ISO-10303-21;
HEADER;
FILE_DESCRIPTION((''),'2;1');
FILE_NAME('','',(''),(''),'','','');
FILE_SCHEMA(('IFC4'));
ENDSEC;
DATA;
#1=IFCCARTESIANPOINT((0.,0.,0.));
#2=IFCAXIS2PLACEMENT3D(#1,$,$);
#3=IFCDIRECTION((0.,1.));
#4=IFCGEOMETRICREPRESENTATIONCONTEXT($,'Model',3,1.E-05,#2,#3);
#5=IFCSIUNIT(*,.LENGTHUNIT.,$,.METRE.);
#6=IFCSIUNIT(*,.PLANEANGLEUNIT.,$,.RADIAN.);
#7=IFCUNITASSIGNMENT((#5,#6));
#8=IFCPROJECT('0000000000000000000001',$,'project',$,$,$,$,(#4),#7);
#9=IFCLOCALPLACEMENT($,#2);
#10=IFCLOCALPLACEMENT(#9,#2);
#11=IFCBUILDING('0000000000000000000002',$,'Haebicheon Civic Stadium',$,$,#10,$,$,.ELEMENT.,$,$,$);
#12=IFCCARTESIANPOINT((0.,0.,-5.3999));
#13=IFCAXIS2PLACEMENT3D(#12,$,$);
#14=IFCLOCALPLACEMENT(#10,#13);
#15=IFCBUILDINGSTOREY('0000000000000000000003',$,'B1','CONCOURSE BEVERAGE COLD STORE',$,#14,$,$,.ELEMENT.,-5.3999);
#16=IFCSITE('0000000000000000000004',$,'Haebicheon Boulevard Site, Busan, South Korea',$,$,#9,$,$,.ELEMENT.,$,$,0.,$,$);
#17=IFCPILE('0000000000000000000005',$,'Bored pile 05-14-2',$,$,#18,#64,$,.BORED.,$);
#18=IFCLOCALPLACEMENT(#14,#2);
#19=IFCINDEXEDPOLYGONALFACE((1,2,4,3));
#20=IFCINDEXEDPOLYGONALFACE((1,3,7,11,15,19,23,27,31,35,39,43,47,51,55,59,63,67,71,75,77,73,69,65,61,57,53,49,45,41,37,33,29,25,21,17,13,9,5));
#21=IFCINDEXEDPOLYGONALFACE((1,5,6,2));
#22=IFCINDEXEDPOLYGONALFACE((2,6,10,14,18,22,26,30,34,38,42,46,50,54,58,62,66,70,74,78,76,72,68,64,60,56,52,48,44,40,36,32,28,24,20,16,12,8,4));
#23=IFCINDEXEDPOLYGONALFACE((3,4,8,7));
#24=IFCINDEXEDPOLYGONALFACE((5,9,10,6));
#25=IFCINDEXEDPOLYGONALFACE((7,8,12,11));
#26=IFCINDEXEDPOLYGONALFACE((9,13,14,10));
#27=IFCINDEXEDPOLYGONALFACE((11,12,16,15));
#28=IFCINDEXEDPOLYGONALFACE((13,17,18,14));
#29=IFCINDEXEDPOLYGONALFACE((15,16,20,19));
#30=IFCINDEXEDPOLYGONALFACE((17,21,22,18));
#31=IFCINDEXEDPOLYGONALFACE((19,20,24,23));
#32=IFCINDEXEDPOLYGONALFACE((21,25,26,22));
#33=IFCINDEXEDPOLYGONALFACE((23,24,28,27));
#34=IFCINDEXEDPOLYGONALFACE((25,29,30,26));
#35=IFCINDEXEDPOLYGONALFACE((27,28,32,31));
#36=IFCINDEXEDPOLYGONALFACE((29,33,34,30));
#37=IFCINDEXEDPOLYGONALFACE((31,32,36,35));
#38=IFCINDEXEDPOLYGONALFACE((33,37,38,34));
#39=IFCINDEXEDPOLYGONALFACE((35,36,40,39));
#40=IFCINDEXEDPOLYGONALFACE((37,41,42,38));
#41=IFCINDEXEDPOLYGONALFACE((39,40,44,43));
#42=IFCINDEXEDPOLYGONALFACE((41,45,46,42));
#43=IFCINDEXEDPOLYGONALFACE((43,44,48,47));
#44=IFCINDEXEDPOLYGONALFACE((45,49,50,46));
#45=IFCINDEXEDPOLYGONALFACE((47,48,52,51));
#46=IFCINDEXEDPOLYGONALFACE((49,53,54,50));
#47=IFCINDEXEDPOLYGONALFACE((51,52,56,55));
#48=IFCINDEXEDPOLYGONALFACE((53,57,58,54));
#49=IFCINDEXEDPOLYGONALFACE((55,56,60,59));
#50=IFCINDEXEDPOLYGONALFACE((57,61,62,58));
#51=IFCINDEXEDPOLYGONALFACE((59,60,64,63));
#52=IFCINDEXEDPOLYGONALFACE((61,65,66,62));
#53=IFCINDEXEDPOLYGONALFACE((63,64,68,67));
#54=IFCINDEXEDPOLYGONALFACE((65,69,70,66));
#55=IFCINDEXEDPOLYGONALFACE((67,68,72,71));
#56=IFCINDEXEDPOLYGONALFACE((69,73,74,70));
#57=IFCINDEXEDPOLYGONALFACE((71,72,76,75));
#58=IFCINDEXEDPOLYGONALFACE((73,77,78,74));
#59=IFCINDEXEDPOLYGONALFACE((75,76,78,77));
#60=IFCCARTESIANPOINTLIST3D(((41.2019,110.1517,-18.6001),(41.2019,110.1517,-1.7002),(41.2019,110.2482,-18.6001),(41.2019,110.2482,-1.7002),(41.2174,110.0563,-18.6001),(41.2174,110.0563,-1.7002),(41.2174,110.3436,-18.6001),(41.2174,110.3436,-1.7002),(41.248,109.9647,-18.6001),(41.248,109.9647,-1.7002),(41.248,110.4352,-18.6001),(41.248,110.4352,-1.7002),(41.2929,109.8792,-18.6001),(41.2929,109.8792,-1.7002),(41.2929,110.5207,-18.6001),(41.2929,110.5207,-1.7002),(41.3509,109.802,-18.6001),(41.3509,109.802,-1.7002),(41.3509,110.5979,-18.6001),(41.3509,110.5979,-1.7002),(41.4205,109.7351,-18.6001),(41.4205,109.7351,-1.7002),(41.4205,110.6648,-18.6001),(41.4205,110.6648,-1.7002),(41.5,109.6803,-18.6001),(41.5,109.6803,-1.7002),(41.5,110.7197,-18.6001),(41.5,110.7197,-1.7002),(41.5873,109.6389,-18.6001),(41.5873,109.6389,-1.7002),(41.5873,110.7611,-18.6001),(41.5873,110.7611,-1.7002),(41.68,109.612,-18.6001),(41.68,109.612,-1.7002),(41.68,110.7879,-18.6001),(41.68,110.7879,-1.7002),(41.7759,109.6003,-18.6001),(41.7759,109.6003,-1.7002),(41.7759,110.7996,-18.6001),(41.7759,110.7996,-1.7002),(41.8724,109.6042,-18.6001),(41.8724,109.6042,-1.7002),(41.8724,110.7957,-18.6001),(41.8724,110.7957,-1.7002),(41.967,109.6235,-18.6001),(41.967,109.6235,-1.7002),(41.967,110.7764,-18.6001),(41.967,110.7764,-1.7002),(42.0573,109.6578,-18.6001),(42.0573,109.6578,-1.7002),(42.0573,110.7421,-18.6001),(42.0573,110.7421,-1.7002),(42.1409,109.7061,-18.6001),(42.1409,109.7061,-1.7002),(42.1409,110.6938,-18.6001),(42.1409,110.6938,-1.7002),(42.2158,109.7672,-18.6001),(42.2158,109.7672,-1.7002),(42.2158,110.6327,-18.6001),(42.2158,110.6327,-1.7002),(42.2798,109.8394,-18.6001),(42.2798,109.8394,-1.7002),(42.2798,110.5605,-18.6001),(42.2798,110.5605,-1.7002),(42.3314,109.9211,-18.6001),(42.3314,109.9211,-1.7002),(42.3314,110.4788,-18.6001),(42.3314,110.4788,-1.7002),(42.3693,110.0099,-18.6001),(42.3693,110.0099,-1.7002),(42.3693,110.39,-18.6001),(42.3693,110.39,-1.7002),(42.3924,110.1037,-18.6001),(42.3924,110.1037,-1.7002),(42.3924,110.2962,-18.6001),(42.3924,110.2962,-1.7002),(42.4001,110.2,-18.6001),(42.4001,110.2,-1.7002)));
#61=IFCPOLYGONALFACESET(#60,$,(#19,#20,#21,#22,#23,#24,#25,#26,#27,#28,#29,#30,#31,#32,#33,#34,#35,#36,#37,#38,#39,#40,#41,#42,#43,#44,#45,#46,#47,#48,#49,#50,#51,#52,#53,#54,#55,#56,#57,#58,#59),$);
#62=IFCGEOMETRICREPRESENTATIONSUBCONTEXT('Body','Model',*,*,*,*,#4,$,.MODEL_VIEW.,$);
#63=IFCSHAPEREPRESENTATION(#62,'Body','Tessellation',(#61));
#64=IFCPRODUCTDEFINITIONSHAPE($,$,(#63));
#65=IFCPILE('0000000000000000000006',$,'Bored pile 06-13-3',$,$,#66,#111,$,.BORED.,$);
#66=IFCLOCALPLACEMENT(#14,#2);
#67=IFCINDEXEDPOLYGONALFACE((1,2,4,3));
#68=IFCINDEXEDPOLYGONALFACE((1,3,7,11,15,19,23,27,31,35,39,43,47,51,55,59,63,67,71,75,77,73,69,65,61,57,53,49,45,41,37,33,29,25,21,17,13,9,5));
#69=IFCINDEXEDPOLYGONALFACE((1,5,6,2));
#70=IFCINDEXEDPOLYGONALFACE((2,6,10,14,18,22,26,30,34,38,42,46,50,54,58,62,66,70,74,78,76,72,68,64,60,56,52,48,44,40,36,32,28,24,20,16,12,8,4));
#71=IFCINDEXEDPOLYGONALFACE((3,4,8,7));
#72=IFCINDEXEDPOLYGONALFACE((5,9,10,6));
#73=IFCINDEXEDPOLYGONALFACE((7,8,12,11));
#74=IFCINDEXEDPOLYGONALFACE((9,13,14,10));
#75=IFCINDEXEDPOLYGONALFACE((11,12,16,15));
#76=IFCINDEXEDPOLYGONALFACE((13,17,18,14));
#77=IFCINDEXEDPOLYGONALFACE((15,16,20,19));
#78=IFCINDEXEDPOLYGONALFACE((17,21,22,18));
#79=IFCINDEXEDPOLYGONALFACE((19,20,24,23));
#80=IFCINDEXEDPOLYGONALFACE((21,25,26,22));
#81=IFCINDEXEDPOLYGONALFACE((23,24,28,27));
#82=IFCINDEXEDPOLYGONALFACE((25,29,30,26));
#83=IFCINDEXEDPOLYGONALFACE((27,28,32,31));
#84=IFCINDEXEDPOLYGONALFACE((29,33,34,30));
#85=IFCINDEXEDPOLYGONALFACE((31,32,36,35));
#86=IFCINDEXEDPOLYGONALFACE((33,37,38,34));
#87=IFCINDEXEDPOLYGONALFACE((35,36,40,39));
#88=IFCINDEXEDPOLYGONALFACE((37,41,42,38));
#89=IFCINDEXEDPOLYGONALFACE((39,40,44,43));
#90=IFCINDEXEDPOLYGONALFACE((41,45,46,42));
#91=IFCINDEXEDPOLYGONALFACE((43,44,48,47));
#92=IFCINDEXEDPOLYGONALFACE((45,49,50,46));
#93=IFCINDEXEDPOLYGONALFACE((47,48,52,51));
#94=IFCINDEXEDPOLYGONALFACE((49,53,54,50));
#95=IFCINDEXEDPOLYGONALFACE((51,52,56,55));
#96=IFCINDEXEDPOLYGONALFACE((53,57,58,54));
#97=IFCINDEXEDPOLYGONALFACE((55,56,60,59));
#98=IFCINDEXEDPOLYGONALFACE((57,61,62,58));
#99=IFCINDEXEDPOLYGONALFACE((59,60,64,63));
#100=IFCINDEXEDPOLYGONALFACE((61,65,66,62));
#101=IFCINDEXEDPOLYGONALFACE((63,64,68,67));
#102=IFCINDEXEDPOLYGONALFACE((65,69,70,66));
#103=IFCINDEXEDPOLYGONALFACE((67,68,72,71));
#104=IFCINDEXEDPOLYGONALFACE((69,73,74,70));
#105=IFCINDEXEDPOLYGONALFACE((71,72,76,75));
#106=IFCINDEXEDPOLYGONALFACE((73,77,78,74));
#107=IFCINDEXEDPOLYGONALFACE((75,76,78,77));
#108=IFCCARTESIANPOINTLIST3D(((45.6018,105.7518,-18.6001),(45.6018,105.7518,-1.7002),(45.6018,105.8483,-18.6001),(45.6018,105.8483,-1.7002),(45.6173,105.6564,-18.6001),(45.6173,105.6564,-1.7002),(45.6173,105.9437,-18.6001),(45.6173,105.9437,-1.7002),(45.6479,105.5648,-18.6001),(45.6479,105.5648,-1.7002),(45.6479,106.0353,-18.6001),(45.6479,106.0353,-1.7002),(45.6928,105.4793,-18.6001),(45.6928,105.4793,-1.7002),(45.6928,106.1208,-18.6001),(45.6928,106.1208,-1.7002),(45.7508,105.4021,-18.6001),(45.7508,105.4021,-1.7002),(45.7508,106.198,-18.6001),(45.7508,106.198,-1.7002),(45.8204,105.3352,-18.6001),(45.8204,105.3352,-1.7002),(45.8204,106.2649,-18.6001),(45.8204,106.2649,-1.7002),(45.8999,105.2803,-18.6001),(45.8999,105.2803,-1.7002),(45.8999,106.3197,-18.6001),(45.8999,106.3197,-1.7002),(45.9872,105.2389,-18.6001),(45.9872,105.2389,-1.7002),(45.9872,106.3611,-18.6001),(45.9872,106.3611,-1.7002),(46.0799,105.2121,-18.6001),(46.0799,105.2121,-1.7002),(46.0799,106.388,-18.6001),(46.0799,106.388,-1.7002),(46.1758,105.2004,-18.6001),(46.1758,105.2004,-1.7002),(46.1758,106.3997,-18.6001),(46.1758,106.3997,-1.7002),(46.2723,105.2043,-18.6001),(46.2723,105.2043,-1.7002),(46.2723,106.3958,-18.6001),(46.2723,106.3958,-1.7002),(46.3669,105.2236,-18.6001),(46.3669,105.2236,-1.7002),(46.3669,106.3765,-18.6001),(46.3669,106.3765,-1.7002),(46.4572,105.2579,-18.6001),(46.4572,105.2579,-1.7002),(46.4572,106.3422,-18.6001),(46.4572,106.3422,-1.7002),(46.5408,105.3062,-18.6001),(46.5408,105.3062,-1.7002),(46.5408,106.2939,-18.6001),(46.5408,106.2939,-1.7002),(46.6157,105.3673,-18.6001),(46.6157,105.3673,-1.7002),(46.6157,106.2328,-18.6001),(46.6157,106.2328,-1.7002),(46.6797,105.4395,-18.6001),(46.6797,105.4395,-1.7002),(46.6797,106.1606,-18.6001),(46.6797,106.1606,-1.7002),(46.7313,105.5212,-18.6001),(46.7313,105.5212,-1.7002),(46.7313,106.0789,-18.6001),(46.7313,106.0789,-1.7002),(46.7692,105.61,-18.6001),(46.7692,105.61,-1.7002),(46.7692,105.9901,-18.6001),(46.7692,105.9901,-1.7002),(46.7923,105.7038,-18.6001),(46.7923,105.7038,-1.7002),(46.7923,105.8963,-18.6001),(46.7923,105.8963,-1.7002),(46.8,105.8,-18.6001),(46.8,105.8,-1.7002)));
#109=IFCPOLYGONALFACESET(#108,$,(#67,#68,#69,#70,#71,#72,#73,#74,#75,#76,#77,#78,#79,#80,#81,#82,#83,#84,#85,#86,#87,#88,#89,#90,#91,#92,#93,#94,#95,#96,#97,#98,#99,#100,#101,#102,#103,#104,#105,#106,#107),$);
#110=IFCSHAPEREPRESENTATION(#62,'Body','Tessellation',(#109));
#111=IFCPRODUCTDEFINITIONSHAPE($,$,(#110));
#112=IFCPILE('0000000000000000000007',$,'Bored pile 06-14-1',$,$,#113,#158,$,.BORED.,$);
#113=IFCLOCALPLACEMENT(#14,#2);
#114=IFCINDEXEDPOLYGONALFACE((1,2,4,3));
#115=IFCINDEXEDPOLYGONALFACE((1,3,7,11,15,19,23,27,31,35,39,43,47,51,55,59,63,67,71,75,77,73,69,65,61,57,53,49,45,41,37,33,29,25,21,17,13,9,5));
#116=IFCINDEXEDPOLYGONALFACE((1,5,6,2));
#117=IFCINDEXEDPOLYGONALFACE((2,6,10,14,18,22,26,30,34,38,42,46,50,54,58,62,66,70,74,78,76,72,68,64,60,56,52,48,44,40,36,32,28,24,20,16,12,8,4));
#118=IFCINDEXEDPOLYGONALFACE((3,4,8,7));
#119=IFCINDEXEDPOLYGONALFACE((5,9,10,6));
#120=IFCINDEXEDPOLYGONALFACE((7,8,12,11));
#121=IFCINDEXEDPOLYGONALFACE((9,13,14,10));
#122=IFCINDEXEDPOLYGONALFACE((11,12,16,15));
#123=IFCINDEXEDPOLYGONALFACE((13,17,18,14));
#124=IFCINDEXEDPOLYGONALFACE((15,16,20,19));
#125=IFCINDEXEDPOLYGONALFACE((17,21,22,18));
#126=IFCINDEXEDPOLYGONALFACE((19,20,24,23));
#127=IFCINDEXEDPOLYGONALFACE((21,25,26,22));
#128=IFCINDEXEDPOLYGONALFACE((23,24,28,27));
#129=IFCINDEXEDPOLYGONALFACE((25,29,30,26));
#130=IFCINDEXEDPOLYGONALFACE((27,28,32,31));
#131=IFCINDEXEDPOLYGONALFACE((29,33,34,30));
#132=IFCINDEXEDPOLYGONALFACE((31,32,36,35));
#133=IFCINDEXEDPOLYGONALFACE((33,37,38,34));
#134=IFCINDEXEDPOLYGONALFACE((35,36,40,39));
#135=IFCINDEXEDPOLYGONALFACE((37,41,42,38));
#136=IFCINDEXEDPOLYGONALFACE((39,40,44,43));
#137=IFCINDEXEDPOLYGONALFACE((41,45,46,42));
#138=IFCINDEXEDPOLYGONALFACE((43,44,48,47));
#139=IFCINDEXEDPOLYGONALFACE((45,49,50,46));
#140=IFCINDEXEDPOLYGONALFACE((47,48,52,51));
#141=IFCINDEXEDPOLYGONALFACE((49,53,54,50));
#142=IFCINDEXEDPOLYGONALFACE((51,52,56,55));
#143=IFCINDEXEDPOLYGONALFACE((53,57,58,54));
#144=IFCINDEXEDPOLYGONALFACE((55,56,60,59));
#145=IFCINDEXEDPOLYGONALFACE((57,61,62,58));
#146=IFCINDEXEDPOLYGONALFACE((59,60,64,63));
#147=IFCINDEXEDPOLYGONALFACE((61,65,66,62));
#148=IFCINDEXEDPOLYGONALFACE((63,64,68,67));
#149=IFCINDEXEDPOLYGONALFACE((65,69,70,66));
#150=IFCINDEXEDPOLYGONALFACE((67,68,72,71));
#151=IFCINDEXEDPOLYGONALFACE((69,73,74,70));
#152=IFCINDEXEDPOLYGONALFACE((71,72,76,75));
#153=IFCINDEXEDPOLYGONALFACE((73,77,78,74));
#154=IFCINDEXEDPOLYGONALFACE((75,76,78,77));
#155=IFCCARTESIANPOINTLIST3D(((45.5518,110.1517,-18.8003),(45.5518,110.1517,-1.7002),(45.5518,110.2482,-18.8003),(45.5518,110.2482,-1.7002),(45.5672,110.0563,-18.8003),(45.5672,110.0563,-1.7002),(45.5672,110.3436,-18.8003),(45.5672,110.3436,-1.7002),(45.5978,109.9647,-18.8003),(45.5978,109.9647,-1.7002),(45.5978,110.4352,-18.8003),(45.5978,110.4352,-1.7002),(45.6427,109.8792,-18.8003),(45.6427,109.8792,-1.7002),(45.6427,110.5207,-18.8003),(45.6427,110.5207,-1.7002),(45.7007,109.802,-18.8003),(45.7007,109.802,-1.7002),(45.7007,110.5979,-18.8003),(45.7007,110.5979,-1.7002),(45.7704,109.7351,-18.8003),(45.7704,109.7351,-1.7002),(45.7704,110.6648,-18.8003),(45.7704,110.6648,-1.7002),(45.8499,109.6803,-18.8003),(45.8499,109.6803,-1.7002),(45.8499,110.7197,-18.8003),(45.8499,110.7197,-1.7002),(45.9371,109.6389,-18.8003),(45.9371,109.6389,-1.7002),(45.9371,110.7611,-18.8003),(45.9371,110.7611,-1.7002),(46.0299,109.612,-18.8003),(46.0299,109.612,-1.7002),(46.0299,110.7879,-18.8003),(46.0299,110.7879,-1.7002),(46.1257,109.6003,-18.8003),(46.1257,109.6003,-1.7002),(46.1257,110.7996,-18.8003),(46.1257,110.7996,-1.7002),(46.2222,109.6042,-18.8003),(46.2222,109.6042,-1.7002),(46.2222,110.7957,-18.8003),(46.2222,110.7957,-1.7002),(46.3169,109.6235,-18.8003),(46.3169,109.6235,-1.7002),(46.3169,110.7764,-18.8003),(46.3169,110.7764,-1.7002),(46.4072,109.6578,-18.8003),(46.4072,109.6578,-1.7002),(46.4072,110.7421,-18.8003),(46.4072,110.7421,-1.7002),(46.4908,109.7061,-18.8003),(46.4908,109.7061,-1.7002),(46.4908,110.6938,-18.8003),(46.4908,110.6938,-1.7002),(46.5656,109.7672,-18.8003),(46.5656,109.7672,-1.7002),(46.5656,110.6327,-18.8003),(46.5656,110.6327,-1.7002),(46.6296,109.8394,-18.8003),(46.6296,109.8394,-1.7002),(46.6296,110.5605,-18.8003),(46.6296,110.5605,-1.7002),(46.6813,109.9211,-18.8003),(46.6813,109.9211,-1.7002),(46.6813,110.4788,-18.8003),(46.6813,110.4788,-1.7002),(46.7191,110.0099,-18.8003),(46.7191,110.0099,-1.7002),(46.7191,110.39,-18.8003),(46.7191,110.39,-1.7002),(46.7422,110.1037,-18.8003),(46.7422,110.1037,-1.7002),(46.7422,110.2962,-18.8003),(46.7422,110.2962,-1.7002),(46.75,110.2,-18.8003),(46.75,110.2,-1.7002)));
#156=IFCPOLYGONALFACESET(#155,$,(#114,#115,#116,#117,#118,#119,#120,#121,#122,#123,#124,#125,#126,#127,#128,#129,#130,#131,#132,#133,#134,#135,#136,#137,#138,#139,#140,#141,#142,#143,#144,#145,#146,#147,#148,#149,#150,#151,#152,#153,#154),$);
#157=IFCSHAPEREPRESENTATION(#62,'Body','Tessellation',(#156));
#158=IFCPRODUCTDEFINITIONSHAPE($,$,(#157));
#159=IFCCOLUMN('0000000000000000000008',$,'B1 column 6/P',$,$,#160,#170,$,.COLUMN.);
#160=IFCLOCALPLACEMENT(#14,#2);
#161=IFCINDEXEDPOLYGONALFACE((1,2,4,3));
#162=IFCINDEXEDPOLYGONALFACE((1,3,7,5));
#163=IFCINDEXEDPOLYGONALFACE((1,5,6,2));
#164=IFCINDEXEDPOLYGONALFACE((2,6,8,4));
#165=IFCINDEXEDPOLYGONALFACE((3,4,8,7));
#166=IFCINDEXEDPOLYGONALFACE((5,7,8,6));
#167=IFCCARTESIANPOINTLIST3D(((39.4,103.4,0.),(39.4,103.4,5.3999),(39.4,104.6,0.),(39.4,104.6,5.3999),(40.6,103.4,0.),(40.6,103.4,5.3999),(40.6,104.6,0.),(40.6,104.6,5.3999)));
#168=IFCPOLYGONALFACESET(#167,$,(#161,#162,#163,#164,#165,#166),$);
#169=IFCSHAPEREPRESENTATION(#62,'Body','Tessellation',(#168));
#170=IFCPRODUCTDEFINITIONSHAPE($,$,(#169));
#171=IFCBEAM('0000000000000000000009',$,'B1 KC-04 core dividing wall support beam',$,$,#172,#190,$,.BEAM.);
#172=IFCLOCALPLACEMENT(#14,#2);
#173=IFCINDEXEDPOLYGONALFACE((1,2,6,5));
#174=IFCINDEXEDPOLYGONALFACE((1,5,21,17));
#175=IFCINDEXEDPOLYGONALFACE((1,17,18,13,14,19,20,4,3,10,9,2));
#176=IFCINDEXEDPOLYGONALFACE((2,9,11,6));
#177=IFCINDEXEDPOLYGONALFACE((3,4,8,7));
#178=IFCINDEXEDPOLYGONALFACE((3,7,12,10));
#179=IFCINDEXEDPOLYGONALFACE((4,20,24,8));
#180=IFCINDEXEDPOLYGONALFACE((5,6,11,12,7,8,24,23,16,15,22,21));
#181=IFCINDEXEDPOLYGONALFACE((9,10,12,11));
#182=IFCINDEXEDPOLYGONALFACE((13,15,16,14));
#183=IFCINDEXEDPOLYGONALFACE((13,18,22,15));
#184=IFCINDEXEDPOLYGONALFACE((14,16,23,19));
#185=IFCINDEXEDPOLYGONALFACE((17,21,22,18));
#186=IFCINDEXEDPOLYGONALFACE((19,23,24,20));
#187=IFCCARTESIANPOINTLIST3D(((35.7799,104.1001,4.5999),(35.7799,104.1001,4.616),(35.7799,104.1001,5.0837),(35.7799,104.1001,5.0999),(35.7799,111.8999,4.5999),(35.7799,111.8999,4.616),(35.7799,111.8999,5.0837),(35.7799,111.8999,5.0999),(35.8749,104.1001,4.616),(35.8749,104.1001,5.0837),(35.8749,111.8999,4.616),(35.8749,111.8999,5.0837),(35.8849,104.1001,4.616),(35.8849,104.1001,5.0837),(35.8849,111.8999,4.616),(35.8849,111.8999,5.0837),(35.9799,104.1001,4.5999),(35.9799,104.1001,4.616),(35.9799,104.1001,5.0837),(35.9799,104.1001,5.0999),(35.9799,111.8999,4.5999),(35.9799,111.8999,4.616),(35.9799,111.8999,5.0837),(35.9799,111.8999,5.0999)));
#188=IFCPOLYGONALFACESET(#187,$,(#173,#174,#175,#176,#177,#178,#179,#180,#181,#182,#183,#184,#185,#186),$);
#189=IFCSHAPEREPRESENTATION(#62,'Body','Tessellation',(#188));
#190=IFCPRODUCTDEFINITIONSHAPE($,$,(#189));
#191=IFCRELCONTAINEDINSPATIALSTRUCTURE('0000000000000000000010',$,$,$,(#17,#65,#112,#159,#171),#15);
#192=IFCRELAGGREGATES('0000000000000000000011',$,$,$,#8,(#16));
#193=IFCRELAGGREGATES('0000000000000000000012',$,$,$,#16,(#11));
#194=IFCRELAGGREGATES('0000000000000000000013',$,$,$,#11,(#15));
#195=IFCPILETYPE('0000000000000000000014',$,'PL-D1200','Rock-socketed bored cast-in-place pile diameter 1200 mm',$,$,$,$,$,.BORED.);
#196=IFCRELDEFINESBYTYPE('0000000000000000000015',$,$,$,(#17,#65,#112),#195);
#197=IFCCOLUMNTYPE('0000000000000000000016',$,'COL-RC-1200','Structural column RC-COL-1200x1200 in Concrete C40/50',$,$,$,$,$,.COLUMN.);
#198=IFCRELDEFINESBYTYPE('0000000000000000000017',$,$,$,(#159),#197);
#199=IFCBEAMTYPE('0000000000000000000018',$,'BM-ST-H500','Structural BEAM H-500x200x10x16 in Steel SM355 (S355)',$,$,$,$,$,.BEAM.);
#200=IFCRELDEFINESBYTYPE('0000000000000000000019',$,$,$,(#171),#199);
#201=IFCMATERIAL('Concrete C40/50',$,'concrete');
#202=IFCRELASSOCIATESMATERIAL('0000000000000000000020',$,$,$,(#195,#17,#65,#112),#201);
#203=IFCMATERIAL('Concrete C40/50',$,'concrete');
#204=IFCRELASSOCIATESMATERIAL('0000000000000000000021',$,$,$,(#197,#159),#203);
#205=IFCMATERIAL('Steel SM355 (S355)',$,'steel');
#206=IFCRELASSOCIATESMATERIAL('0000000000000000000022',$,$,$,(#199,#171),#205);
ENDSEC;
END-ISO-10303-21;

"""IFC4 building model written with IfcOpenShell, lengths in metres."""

from ifc_helpers import new_model, si_unit, direction, frame, origin, origin_2d, place, context, subcontext, project, spatial, rectangle, circle, i_section, extrude, material, material_profile, profile_set, type_object, element, save


model = new_model("IFC4")

# Units and contexts
model_context = context("Model", 3, precision=1e-05, world=origin(), true_north=direction((0.0, 1.0)))
body_context = subcontext(model_context, "Body", "Model", "MODEL_VIEW")
ifc_project = project(units=[si_unit("LENGTHUNIT", "METRE"), si_unit("PLANEANGLEUNIT", "RADIAN")], contexts=[model_context])

# Site, building, storey
site_placement = place(None, origin())
site = spatial("IfcSite", under=ifc_project, at=site_placement, Name="Haebicheon Boulevard Site, Busan, South Korea", CompositionType="ELEMENT", RefElevation=0.0)
building_placement = place(site_placement, origin())
building = spatial("IfcBuilding", under=site, at=building_placement, Name="Haebicheon Civic Stadium", CompositionType="ELEMENT")
storey_placement = place(building_placement, frame((0.0, 0.0, -5.3999)))
storey = spatial("IfcBuildingStorey", under=building, at=storey_placement, Name="B1", Description="CONCOURSE BEVERAGE COLD STORE", CompositionType="ELEMENT", Elevation=-5.3999)

# Piles
ifc_material_1 = material(Name="Concrete C40/50", Category="concrete")
ifc_material_profile_1 = material_profile(ifc_material_1, circle(Radius=0.6001, at=origin_2d()), Name="PILE-D1200")
ifc_profile_set_1 = profile_set([ifc_material_profile_1], Name="Concrete C40/50")
pile_type = type_object("IfcPileType", Name="PL-D1200", Description="Rock-socketed bored cast-in-place pile diameter 1200 mm", PredefinedType="BORED", material=ifc_profile_set_1)
for number, where, z_axis, x_axis, name in (
    (1, (41.8, 110.2, -1.7002), (0.0, 0.0, -1.0), (1.0, 0.0, 0.0), "Bored pile 05-14-2"),
    (2, (46.2, 105.8, -1.7002), (0.0, 0.0, -1.0), (1.0, 0.0, 0.0), "Bored pile 06-13-3"),
):
    element("IfcPile", number, at=place(storey_placement, frame(where, z_axis=z_axis, x_axis=x_axis)), inside=storey, type_object=pile_type, material=ifc_profile_set_1, Name=name, PredefinedType="BORED", context=body_context, shape_type="SweptSolid", body=[
        extrude(circle(Radius=0.6001, at=origin_2d()), origin(), (0.0, 0.0, 1.0), 16.8999),
    ])
pile_placement = place(storey_placement, frame((46.1499, 110.2, -1.7002), z_axis=(0.0, 0.0, -1.0), x_axis=(1.0, 0.0, 0.0)))
element("IfcPile", 3, at=pile_placement, inside=storey, type_object=pile_type, material=ifc_profile_set_1, Name="Bored pile 06-14-1", PredefinedType="BORED", context=body_context, shape_type="SweptSolid", body=[
    extrude(circle(Radius=0.6001, at=origin_2d()), origin(), (0.0, 0.0, 1.0), 17.1001),
])

# Column
ifc_material_2 = material(Name="Concrete C40/50", Category="concrete")
ifc_material_profile_2 = material_profile(ifc_material_2, rectangle(XDim=1.2, YDim=1.2, at=origin_2d()), Name="RC-COL-1200x1200")
ifc_profile_set_2 = profile_set([ifc_material_profile_2], Name="Concrete C40/50")
column_type = type_object("IfcColumnType", Name="COL-RC-1200", Description="Structural column RC-COL-1200x1200 in Concrete C40/50", PredefinedType="COLUMN", material=ifc_profile_set_2)
column_placement = place(storey_placement, frame((40.0, 104.0, 0.0), z_axis=(0.0, 0.0, 1.0), x_axis=(1.0, 0.0, 0.0)))
element("IfcColumn", 4, at=column_placement, inside=storey, type_object=column_type, material=ifc_profile_set_2, Name="B1 column 6/P", PredefinedType="COLUMN", context=body_context, shape_type="SweptSolid", body=[
    extrude(rectangle(XDim=1.2, YDim=1.2, at=origin_2d()), origin(), (0.0, 0.0, 1.0), 5.3999),
])

# Beam
ifc_material_3 = material(Name="Steel SM355 (S355)", Category="steel")
ifc_material_profile_3 = material_profile(ifc_material_3, i_section(OverallWidth=0.2, OverallDepth=0.5, WebThickness=0.01, FlangeThickness=0.0161, at=origin_2d()), Name="H-500x200x10x16")
ifc_profile_set_3 = profile_set([ifc_material_profile_3], Name="Steel SM355 (S355)")
beam_type_1 = type_object("IfcBeamType", Name="BM-ST-H500", Description="Structural BEAM H-500x200x10x16 in Steel SM355 (S355)", PredefinedType="BEAM", material=ifc_profile_set_3)
beam_1_placement = place(storey_placement, frame((35.8799, 104.1001, 4.8499), z_axis=(0.0, 1.0, 0.0), x_axis=(-1.0, 0.0, 0.0)))
element("IfcBeam", 5, at=beam_1_placement, inside=storey, type_object=beam_type_1, material=ifc_profile_set_3, Name="B1 KC-04 core dividing wall support beam", PredefinedType="BEAM", context=body_context, shape_type="SweptSolid", body=[
    extrude(i_section(OverallWidth=0.2, OverallDepth=0.5, WebThickness=0.01, FlangeThickness=0.0161, at=origin_2d()), origin(), (0.0, 0.0, 1.0), 7.7998),
])

save(model, "model.ifc")
